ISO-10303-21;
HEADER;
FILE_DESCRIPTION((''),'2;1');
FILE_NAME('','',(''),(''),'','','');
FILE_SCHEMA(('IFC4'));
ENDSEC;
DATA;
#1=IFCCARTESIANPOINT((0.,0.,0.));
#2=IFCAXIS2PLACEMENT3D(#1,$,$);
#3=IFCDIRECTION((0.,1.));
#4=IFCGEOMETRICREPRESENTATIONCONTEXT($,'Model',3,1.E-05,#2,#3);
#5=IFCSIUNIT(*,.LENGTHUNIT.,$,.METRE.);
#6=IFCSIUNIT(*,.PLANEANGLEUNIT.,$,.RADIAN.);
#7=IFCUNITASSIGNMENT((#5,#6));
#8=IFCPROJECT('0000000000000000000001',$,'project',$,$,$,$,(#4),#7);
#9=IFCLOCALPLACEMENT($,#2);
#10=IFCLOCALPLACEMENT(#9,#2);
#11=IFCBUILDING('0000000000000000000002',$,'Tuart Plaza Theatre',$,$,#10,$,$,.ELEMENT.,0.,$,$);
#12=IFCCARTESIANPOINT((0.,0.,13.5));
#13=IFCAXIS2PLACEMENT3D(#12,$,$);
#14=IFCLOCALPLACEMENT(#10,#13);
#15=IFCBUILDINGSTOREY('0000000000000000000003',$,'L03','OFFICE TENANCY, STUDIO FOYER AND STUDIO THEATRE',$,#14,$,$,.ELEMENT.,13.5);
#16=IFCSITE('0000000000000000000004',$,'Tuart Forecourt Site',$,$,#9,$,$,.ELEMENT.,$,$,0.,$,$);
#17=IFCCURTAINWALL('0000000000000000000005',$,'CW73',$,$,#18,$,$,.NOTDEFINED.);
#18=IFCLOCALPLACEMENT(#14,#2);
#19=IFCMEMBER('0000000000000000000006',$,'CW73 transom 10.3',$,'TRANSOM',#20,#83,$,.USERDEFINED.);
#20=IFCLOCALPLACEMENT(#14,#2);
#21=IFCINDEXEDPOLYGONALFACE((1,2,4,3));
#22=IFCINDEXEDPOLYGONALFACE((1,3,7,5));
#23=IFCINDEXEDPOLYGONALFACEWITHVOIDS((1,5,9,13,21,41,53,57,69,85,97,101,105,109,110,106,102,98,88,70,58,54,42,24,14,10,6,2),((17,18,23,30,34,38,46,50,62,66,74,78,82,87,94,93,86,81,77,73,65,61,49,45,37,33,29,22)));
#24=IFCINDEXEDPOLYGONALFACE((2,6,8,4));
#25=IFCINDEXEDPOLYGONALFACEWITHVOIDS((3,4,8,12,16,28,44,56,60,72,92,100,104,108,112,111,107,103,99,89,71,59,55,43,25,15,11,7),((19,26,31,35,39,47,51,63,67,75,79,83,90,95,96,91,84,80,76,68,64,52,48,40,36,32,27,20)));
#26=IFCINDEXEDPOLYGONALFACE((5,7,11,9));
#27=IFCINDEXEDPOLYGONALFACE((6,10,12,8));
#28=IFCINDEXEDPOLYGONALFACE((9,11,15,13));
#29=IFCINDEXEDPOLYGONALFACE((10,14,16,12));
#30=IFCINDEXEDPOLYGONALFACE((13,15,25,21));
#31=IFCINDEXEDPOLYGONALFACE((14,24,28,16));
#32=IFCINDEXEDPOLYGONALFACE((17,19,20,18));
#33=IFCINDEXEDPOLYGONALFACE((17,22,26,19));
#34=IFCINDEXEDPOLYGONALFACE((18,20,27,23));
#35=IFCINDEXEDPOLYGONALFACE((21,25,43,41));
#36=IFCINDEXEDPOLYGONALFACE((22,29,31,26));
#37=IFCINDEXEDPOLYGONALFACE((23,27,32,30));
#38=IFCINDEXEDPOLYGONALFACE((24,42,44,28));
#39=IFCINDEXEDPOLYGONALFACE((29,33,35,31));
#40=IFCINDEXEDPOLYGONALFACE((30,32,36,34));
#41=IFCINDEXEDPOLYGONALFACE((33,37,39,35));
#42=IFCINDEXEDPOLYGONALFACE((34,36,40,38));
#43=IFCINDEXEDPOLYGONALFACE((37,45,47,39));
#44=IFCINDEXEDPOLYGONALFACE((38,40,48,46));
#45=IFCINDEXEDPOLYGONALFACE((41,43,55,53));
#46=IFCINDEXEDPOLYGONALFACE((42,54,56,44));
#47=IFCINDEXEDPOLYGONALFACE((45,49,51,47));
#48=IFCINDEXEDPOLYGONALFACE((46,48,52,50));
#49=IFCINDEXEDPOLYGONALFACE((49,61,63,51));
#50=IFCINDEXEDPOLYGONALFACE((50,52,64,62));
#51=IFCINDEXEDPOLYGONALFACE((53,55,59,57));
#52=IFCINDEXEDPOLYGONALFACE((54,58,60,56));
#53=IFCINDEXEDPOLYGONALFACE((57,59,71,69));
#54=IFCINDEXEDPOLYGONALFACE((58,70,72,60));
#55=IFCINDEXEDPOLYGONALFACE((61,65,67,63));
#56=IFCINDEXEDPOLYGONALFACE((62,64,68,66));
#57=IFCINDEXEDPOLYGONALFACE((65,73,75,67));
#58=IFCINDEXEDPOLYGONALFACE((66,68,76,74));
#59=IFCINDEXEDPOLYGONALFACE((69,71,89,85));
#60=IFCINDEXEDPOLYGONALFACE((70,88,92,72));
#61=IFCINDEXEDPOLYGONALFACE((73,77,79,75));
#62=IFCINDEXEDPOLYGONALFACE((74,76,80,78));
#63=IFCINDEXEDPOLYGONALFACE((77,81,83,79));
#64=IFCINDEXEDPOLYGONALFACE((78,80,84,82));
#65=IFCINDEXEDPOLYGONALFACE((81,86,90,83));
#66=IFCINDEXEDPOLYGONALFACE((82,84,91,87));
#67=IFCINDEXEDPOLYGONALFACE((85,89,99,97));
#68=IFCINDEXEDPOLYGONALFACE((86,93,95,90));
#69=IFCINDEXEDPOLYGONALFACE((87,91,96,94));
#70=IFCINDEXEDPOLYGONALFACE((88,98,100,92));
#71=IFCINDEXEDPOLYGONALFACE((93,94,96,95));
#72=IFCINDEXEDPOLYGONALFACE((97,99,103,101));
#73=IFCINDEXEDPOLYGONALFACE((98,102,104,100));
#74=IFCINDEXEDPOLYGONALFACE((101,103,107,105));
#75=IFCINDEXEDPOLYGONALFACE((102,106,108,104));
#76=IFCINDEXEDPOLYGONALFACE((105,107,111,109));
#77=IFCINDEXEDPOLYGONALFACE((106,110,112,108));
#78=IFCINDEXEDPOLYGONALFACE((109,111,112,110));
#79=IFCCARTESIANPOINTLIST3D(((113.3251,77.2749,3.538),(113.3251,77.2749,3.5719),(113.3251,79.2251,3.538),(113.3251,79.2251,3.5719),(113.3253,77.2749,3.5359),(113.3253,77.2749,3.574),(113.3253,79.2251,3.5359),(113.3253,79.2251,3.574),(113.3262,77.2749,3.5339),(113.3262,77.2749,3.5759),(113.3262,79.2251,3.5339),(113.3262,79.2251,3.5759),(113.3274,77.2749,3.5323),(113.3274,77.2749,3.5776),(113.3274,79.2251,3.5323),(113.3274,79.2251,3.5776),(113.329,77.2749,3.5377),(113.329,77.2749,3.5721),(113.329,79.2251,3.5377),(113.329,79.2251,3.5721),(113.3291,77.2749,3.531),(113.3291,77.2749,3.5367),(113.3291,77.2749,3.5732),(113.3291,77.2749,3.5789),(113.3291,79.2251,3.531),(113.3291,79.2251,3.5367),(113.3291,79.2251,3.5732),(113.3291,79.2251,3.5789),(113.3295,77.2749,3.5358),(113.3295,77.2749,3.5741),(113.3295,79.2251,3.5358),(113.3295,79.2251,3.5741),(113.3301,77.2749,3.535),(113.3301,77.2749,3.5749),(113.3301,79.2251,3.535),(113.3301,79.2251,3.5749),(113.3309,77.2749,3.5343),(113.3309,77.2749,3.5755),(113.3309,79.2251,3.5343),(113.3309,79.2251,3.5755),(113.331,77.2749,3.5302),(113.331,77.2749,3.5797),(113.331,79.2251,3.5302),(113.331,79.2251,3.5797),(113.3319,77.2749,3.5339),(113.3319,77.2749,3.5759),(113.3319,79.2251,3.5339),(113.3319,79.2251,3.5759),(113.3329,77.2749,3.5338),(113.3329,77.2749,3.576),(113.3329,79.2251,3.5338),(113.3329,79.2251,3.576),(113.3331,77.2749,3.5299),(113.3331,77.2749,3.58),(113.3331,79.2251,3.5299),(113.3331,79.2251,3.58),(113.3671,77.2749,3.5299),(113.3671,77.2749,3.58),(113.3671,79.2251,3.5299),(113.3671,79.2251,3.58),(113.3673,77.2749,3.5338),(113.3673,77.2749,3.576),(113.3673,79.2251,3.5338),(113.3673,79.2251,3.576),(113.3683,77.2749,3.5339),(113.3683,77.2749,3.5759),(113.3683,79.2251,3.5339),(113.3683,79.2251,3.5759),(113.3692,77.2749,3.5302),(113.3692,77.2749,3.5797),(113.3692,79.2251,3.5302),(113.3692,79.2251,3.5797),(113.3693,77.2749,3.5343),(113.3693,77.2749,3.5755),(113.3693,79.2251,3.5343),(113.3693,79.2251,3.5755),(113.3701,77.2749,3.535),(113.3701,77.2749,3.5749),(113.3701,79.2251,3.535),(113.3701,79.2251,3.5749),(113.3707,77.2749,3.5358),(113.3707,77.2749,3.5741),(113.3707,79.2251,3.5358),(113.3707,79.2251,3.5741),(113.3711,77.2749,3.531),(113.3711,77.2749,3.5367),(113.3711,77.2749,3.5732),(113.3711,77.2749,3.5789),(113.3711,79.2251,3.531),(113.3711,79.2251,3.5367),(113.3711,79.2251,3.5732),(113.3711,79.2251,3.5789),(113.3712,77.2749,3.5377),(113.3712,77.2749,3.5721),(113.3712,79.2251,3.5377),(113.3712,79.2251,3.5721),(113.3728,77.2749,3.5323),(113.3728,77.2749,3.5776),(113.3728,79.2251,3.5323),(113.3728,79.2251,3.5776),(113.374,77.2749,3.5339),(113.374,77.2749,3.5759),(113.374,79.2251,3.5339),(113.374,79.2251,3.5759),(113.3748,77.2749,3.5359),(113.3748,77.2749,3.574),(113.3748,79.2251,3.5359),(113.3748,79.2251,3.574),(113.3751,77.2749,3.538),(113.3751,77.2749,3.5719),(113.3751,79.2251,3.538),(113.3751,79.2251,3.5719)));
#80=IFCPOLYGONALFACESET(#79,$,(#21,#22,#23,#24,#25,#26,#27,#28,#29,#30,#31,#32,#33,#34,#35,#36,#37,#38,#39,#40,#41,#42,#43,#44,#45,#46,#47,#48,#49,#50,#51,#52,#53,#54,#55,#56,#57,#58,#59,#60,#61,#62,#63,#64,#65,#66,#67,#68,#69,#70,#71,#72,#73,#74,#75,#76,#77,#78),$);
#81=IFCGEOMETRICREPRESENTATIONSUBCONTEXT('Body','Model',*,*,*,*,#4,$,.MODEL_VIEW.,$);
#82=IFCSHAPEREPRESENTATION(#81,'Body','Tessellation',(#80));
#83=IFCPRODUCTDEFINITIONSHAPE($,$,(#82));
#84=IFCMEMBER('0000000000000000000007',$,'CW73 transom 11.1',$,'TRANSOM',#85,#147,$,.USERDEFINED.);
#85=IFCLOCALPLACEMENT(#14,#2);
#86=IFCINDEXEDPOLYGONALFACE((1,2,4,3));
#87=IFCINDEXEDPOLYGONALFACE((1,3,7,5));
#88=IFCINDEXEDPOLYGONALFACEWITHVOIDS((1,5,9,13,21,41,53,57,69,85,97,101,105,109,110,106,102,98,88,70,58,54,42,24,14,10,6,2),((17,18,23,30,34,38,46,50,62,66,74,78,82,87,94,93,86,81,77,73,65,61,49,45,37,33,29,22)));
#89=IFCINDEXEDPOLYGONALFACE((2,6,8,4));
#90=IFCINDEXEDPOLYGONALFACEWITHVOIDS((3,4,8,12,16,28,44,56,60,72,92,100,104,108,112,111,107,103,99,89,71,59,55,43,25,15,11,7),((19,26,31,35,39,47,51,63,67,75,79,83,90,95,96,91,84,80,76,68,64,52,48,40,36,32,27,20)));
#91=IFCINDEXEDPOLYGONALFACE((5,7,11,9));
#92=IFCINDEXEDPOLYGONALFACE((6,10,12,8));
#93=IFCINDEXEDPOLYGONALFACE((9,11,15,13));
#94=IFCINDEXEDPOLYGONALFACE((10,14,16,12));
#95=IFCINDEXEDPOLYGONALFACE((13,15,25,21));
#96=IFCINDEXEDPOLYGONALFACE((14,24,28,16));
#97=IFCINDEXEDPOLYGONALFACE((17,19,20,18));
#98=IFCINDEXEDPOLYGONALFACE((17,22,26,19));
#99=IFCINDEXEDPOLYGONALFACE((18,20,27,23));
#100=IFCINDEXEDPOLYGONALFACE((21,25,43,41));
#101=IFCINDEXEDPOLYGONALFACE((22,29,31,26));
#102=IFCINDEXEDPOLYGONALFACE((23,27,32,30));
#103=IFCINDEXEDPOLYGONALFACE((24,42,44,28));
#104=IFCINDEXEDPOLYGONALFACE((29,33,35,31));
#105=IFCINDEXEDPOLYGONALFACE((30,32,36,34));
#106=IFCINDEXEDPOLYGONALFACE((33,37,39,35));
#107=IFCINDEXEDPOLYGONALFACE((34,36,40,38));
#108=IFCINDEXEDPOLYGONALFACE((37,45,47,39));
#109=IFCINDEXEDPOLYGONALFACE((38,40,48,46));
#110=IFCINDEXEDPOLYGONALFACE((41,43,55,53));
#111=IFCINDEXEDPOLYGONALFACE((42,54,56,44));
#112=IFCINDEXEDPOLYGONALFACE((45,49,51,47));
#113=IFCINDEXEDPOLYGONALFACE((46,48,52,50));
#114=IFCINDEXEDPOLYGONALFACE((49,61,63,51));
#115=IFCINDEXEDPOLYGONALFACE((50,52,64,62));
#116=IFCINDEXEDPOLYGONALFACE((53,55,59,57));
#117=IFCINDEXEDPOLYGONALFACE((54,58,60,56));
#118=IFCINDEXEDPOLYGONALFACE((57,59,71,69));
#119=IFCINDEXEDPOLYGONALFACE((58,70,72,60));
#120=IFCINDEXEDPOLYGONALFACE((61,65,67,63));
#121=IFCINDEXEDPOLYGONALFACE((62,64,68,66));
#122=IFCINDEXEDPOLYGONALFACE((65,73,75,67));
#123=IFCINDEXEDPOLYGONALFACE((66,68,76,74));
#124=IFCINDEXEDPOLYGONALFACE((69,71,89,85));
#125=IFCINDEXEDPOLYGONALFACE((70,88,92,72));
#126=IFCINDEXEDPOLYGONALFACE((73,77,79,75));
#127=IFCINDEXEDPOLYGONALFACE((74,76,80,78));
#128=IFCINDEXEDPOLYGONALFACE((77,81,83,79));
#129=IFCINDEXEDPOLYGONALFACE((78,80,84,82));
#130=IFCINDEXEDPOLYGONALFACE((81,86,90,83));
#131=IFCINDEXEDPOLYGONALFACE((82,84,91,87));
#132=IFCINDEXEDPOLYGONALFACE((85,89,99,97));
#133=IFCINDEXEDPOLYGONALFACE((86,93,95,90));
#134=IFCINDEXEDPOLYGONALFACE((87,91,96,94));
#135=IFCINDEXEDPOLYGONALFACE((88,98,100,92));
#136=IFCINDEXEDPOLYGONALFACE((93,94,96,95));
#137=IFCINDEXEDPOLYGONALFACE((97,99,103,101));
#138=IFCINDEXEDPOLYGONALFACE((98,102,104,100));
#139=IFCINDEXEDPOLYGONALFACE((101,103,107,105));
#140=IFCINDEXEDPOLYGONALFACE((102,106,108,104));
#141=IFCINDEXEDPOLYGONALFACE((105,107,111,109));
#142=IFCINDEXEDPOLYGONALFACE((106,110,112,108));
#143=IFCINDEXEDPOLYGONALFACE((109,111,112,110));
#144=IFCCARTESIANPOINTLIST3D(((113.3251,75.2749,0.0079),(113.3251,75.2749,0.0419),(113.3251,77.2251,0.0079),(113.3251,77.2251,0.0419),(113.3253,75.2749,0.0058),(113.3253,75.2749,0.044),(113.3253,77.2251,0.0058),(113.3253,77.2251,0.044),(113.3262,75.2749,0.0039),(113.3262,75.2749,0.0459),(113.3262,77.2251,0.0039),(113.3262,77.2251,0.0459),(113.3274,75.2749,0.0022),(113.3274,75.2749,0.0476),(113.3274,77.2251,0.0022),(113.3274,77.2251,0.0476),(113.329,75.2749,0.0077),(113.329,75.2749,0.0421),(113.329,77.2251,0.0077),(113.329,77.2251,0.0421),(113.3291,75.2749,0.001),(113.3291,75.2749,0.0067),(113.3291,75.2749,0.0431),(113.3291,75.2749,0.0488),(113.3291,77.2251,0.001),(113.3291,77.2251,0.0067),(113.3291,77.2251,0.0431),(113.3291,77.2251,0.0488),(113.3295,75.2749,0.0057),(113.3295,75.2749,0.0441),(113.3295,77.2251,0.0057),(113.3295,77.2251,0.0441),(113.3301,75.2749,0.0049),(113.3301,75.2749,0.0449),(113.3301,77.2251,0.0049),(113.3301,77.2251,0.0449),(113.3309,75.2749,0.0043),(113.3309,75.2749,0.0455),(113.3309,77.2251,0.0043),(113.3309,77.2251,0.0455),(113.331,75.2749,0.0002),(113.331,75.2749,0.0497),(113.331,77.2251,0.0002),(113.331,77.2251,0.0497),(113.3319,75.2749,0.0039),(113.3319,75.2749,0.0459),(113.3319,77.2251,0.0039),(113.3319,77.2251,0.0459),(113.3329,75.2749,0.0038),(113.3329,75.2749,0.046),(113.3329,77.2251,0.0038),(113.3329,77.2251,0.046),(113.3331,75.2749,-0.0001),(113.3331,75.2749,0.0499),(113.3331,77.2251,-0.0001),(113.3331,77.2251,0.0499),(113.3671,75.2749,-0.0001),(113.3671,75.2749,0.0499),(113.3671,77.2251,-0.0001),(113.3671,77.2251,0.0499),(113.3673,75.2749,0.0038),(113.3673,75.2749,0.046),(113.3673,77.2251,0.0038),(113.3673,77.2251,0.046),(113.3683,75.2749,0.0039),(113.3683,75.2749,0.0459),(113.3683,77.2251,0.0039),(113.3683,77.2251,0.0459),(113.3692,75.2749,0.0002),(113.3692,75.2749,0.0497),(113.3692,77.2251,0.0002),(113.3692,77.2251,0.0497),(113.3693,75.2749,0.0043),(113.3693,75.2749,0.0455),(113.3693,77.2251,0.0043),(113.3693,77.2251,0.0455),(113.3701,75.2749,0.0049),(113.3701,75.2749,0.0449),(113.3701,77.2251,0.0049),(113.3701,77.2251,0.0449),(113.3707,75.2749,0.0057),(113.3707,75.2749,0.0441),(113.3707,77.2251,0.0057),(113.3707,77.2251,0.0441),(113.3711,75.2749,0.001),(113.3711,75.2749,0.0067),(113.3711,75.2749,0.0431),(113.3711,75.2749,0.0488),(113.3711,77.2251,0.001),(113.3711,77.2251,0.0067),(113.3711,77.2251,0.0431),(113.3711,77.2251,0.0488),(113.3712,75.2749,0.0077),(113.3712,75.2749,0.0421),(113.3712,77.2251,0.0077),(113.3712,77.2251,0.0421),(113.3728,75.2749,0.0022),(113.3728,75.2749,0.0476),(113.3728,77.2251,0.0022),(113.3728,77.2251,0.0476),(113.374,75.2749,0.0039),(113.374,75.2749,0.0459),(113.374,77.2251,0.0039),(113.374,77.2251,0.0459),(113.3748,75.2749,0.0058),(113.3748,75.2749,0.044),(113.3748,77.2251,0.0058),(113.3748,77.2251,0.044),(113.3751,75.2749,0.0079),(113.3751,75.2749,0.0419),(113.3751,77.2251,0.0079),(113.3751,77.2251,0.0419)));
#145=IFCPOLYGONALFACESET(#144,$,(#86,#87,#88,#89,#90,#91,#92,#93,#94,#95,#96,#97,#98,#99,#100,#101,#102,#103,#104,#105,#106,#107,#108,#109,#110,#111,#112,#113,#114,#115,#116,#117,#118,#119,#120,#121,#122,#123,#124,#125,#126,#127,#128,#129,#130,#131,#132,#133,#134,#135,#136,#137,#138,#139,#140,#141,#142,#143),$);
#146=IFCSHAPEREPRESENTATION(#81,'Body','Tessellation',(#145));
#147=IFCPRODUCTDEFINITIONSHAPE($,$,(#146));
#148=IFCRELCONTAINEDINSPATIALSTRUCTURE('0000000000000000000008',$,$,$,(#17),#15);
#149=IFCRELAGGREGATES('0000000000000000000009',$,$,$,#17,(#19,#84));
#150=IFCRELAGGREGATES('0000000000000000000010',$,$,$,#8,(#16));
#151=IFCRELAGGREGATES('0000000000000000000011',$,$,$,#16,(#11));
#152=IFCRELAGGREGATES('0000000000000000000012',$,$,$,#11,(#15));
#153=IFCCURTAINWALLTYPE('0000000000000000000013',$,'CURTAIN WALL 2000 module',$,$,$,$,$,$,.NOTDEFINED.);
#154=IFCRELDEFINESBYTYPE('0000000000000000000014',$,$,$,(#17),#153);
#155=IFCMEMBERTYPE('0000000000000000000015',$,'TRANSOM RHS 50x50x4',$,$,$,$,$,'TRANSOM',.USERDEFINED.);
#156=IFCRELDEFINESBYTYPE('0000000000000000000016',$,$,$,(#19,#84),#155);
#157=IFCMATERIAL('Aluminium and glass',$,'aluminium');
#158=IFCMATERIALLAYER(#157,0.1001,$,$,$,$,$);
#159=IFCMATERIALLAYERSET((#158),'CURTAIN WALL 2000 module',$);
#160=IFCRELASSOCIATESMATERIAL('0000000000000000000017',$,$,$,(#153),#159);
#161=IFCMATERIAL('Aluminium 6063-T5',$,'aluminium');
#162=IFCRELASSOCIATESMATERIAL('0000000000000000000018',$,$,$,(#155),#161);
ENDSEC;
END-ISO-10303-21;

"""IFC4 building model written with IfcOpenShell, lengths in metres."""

from ifc_helpers import new_model, si_unit, direction, frame, origin, origin_2d, place, context, subcontext, project, spatial, hollow_rectangle, extrude, material, layer, layer_set, material_profile, profile_set, type_object, element, aggregate, save


model = new_model("IFC4")

# Units and contexts
model_context = context("Model", 3, precision=1e-05, world=origin(), true_north=direction((0.0, 1.0)))
body_context = subcontext(model_context, "Body", "Model", "MODEL_VIEW")
ifc_project = project(units=[si_unit("LENGTHUNIT", "METRE"), si_unit("PLANEANGLEUNIT", "RADIAN")], contexts=[model_context])

# Site, building, storey
site_placement = place(None, origin())
site = spatial("IfcSite", under=ifc_project, at=site_placement, Name="Tuart Forecourt Site", CompositionType="ELEMENT", RefElevation=0.0)
building_placement = place(site_placement, origin())
building = spatial("IfcBuilding", under=site, at=building_placement, Name="Tuart Plaza Theatre", CompositionType="ELEMENT", ElevationOfRefHeight=0.0)
storey_placement = place(building_placement, frame((0.0, 0.0, 13.5)))
storey = spatial("IfcBuildingStorey", under=building, at=storey_placement, Name="L03", Description="OFFICE TENANCY, STUDIO FOYER AND STUDIO THEATRE", CompositionType="ELEMENT", Elevation=13.5)

# Curtain wall, members
ifc_material_1 = material(Name="Aluminium and glass", Category="aluminium")
ifc_layer_1 = layer(ifc_material_1, 0.1001)
ifc_layer_set_1 = layer_set([ifc_layer_1], Name="CURTAIN WALL 2000 module")
curtain_wall_type = type_object("IfcCurtainWallType", Name="CURTAIN WALL 2000 module", PredefinedType="NOTDEFINED", material=ifc_layer_set_1)
curtain_wall_placement = place(storey_placement, origin())
curtain_wall = element("IfcCurtainWall", 1, at=curtain_wall_placement, inside=storey, type_object=curtain_wall_type, Name="CW73", PredefinedType="NOTDEFINED")
ifc_material_2 = material(Name="Aluminium 6063-T5", Category="aluminium")
ifc_material_profile_1 = material_profile(ifc_material_2, hollow_rectangle(XDim=0.05, YDim=0.05, WallThickness=0.0039, InnerFilletRadius=0.0039, OuterFilletRadius=0.0081, at=origin_2d()), Name="RHS 50x50x4")
ifc_profile_set_1 = profile_set([ifc_material_profile_1], Name="Aluminium 6063-T5")
member_type_1 = type_object("IfcMemberType", Name="TRANSOM RHS 50x50x4", ElementType="TRANSOM", PredefinedType="USERDEFINED", material=ifc_profile_set_1)
member_1_placement = place(storey_placement, frame((113.3501, 79.2251, 3.5549), z_axis=(0.0, -1.0, 0.0), x_axis=(1.0, 0.0, 0.0)))
member_1 = element("IfcMember", 2, at=member_1_placement, type_object=member_type_1, Name="CW73 transom 10.3", ObjectType="TRANSOM", PredefinedType="USERDEFINED", context=body_context, shape_type="SweptSolid", body=[
    extrude(hollow_rectangle(XDim=0.05, YDim=0.05, WallThickness=0.0039, InnerFilletRadius=0.0039, OuterFilletRadius=0.0081, at=origin_2d()), origin(), (0.0, 0.0, 1.0), 1.9502),
])
member_2_placement = place(storey_placement, frame((113.3501, 77.2251, 0.0249), z_axis=(0.0, -1.0, 0.0), x_axis=(1.0, 0.0, 0.0)))
member_2 = element("IfcMember", 3, at=member_2_placement, type_object=member_type_1, Name="CW73 transom 11.1", ObjectType="TRANSOM", PredefinedType="USERDEFINED", context=body_context, shape_type="SweptSolid", body=[
    extrude(hollow_rectangle(XDim=0.05, YDim=0.05, WallThickness=0.0039, InnerFilletRadius=0.0039, OuterFilletRadius=0.0081, at=origin_2d()), origin(), (0.0, 0.0, 1.0), 1.9502),
])
aggregate(curtain_wall, [member_1, member_2])

save(model, "model.ifc")
